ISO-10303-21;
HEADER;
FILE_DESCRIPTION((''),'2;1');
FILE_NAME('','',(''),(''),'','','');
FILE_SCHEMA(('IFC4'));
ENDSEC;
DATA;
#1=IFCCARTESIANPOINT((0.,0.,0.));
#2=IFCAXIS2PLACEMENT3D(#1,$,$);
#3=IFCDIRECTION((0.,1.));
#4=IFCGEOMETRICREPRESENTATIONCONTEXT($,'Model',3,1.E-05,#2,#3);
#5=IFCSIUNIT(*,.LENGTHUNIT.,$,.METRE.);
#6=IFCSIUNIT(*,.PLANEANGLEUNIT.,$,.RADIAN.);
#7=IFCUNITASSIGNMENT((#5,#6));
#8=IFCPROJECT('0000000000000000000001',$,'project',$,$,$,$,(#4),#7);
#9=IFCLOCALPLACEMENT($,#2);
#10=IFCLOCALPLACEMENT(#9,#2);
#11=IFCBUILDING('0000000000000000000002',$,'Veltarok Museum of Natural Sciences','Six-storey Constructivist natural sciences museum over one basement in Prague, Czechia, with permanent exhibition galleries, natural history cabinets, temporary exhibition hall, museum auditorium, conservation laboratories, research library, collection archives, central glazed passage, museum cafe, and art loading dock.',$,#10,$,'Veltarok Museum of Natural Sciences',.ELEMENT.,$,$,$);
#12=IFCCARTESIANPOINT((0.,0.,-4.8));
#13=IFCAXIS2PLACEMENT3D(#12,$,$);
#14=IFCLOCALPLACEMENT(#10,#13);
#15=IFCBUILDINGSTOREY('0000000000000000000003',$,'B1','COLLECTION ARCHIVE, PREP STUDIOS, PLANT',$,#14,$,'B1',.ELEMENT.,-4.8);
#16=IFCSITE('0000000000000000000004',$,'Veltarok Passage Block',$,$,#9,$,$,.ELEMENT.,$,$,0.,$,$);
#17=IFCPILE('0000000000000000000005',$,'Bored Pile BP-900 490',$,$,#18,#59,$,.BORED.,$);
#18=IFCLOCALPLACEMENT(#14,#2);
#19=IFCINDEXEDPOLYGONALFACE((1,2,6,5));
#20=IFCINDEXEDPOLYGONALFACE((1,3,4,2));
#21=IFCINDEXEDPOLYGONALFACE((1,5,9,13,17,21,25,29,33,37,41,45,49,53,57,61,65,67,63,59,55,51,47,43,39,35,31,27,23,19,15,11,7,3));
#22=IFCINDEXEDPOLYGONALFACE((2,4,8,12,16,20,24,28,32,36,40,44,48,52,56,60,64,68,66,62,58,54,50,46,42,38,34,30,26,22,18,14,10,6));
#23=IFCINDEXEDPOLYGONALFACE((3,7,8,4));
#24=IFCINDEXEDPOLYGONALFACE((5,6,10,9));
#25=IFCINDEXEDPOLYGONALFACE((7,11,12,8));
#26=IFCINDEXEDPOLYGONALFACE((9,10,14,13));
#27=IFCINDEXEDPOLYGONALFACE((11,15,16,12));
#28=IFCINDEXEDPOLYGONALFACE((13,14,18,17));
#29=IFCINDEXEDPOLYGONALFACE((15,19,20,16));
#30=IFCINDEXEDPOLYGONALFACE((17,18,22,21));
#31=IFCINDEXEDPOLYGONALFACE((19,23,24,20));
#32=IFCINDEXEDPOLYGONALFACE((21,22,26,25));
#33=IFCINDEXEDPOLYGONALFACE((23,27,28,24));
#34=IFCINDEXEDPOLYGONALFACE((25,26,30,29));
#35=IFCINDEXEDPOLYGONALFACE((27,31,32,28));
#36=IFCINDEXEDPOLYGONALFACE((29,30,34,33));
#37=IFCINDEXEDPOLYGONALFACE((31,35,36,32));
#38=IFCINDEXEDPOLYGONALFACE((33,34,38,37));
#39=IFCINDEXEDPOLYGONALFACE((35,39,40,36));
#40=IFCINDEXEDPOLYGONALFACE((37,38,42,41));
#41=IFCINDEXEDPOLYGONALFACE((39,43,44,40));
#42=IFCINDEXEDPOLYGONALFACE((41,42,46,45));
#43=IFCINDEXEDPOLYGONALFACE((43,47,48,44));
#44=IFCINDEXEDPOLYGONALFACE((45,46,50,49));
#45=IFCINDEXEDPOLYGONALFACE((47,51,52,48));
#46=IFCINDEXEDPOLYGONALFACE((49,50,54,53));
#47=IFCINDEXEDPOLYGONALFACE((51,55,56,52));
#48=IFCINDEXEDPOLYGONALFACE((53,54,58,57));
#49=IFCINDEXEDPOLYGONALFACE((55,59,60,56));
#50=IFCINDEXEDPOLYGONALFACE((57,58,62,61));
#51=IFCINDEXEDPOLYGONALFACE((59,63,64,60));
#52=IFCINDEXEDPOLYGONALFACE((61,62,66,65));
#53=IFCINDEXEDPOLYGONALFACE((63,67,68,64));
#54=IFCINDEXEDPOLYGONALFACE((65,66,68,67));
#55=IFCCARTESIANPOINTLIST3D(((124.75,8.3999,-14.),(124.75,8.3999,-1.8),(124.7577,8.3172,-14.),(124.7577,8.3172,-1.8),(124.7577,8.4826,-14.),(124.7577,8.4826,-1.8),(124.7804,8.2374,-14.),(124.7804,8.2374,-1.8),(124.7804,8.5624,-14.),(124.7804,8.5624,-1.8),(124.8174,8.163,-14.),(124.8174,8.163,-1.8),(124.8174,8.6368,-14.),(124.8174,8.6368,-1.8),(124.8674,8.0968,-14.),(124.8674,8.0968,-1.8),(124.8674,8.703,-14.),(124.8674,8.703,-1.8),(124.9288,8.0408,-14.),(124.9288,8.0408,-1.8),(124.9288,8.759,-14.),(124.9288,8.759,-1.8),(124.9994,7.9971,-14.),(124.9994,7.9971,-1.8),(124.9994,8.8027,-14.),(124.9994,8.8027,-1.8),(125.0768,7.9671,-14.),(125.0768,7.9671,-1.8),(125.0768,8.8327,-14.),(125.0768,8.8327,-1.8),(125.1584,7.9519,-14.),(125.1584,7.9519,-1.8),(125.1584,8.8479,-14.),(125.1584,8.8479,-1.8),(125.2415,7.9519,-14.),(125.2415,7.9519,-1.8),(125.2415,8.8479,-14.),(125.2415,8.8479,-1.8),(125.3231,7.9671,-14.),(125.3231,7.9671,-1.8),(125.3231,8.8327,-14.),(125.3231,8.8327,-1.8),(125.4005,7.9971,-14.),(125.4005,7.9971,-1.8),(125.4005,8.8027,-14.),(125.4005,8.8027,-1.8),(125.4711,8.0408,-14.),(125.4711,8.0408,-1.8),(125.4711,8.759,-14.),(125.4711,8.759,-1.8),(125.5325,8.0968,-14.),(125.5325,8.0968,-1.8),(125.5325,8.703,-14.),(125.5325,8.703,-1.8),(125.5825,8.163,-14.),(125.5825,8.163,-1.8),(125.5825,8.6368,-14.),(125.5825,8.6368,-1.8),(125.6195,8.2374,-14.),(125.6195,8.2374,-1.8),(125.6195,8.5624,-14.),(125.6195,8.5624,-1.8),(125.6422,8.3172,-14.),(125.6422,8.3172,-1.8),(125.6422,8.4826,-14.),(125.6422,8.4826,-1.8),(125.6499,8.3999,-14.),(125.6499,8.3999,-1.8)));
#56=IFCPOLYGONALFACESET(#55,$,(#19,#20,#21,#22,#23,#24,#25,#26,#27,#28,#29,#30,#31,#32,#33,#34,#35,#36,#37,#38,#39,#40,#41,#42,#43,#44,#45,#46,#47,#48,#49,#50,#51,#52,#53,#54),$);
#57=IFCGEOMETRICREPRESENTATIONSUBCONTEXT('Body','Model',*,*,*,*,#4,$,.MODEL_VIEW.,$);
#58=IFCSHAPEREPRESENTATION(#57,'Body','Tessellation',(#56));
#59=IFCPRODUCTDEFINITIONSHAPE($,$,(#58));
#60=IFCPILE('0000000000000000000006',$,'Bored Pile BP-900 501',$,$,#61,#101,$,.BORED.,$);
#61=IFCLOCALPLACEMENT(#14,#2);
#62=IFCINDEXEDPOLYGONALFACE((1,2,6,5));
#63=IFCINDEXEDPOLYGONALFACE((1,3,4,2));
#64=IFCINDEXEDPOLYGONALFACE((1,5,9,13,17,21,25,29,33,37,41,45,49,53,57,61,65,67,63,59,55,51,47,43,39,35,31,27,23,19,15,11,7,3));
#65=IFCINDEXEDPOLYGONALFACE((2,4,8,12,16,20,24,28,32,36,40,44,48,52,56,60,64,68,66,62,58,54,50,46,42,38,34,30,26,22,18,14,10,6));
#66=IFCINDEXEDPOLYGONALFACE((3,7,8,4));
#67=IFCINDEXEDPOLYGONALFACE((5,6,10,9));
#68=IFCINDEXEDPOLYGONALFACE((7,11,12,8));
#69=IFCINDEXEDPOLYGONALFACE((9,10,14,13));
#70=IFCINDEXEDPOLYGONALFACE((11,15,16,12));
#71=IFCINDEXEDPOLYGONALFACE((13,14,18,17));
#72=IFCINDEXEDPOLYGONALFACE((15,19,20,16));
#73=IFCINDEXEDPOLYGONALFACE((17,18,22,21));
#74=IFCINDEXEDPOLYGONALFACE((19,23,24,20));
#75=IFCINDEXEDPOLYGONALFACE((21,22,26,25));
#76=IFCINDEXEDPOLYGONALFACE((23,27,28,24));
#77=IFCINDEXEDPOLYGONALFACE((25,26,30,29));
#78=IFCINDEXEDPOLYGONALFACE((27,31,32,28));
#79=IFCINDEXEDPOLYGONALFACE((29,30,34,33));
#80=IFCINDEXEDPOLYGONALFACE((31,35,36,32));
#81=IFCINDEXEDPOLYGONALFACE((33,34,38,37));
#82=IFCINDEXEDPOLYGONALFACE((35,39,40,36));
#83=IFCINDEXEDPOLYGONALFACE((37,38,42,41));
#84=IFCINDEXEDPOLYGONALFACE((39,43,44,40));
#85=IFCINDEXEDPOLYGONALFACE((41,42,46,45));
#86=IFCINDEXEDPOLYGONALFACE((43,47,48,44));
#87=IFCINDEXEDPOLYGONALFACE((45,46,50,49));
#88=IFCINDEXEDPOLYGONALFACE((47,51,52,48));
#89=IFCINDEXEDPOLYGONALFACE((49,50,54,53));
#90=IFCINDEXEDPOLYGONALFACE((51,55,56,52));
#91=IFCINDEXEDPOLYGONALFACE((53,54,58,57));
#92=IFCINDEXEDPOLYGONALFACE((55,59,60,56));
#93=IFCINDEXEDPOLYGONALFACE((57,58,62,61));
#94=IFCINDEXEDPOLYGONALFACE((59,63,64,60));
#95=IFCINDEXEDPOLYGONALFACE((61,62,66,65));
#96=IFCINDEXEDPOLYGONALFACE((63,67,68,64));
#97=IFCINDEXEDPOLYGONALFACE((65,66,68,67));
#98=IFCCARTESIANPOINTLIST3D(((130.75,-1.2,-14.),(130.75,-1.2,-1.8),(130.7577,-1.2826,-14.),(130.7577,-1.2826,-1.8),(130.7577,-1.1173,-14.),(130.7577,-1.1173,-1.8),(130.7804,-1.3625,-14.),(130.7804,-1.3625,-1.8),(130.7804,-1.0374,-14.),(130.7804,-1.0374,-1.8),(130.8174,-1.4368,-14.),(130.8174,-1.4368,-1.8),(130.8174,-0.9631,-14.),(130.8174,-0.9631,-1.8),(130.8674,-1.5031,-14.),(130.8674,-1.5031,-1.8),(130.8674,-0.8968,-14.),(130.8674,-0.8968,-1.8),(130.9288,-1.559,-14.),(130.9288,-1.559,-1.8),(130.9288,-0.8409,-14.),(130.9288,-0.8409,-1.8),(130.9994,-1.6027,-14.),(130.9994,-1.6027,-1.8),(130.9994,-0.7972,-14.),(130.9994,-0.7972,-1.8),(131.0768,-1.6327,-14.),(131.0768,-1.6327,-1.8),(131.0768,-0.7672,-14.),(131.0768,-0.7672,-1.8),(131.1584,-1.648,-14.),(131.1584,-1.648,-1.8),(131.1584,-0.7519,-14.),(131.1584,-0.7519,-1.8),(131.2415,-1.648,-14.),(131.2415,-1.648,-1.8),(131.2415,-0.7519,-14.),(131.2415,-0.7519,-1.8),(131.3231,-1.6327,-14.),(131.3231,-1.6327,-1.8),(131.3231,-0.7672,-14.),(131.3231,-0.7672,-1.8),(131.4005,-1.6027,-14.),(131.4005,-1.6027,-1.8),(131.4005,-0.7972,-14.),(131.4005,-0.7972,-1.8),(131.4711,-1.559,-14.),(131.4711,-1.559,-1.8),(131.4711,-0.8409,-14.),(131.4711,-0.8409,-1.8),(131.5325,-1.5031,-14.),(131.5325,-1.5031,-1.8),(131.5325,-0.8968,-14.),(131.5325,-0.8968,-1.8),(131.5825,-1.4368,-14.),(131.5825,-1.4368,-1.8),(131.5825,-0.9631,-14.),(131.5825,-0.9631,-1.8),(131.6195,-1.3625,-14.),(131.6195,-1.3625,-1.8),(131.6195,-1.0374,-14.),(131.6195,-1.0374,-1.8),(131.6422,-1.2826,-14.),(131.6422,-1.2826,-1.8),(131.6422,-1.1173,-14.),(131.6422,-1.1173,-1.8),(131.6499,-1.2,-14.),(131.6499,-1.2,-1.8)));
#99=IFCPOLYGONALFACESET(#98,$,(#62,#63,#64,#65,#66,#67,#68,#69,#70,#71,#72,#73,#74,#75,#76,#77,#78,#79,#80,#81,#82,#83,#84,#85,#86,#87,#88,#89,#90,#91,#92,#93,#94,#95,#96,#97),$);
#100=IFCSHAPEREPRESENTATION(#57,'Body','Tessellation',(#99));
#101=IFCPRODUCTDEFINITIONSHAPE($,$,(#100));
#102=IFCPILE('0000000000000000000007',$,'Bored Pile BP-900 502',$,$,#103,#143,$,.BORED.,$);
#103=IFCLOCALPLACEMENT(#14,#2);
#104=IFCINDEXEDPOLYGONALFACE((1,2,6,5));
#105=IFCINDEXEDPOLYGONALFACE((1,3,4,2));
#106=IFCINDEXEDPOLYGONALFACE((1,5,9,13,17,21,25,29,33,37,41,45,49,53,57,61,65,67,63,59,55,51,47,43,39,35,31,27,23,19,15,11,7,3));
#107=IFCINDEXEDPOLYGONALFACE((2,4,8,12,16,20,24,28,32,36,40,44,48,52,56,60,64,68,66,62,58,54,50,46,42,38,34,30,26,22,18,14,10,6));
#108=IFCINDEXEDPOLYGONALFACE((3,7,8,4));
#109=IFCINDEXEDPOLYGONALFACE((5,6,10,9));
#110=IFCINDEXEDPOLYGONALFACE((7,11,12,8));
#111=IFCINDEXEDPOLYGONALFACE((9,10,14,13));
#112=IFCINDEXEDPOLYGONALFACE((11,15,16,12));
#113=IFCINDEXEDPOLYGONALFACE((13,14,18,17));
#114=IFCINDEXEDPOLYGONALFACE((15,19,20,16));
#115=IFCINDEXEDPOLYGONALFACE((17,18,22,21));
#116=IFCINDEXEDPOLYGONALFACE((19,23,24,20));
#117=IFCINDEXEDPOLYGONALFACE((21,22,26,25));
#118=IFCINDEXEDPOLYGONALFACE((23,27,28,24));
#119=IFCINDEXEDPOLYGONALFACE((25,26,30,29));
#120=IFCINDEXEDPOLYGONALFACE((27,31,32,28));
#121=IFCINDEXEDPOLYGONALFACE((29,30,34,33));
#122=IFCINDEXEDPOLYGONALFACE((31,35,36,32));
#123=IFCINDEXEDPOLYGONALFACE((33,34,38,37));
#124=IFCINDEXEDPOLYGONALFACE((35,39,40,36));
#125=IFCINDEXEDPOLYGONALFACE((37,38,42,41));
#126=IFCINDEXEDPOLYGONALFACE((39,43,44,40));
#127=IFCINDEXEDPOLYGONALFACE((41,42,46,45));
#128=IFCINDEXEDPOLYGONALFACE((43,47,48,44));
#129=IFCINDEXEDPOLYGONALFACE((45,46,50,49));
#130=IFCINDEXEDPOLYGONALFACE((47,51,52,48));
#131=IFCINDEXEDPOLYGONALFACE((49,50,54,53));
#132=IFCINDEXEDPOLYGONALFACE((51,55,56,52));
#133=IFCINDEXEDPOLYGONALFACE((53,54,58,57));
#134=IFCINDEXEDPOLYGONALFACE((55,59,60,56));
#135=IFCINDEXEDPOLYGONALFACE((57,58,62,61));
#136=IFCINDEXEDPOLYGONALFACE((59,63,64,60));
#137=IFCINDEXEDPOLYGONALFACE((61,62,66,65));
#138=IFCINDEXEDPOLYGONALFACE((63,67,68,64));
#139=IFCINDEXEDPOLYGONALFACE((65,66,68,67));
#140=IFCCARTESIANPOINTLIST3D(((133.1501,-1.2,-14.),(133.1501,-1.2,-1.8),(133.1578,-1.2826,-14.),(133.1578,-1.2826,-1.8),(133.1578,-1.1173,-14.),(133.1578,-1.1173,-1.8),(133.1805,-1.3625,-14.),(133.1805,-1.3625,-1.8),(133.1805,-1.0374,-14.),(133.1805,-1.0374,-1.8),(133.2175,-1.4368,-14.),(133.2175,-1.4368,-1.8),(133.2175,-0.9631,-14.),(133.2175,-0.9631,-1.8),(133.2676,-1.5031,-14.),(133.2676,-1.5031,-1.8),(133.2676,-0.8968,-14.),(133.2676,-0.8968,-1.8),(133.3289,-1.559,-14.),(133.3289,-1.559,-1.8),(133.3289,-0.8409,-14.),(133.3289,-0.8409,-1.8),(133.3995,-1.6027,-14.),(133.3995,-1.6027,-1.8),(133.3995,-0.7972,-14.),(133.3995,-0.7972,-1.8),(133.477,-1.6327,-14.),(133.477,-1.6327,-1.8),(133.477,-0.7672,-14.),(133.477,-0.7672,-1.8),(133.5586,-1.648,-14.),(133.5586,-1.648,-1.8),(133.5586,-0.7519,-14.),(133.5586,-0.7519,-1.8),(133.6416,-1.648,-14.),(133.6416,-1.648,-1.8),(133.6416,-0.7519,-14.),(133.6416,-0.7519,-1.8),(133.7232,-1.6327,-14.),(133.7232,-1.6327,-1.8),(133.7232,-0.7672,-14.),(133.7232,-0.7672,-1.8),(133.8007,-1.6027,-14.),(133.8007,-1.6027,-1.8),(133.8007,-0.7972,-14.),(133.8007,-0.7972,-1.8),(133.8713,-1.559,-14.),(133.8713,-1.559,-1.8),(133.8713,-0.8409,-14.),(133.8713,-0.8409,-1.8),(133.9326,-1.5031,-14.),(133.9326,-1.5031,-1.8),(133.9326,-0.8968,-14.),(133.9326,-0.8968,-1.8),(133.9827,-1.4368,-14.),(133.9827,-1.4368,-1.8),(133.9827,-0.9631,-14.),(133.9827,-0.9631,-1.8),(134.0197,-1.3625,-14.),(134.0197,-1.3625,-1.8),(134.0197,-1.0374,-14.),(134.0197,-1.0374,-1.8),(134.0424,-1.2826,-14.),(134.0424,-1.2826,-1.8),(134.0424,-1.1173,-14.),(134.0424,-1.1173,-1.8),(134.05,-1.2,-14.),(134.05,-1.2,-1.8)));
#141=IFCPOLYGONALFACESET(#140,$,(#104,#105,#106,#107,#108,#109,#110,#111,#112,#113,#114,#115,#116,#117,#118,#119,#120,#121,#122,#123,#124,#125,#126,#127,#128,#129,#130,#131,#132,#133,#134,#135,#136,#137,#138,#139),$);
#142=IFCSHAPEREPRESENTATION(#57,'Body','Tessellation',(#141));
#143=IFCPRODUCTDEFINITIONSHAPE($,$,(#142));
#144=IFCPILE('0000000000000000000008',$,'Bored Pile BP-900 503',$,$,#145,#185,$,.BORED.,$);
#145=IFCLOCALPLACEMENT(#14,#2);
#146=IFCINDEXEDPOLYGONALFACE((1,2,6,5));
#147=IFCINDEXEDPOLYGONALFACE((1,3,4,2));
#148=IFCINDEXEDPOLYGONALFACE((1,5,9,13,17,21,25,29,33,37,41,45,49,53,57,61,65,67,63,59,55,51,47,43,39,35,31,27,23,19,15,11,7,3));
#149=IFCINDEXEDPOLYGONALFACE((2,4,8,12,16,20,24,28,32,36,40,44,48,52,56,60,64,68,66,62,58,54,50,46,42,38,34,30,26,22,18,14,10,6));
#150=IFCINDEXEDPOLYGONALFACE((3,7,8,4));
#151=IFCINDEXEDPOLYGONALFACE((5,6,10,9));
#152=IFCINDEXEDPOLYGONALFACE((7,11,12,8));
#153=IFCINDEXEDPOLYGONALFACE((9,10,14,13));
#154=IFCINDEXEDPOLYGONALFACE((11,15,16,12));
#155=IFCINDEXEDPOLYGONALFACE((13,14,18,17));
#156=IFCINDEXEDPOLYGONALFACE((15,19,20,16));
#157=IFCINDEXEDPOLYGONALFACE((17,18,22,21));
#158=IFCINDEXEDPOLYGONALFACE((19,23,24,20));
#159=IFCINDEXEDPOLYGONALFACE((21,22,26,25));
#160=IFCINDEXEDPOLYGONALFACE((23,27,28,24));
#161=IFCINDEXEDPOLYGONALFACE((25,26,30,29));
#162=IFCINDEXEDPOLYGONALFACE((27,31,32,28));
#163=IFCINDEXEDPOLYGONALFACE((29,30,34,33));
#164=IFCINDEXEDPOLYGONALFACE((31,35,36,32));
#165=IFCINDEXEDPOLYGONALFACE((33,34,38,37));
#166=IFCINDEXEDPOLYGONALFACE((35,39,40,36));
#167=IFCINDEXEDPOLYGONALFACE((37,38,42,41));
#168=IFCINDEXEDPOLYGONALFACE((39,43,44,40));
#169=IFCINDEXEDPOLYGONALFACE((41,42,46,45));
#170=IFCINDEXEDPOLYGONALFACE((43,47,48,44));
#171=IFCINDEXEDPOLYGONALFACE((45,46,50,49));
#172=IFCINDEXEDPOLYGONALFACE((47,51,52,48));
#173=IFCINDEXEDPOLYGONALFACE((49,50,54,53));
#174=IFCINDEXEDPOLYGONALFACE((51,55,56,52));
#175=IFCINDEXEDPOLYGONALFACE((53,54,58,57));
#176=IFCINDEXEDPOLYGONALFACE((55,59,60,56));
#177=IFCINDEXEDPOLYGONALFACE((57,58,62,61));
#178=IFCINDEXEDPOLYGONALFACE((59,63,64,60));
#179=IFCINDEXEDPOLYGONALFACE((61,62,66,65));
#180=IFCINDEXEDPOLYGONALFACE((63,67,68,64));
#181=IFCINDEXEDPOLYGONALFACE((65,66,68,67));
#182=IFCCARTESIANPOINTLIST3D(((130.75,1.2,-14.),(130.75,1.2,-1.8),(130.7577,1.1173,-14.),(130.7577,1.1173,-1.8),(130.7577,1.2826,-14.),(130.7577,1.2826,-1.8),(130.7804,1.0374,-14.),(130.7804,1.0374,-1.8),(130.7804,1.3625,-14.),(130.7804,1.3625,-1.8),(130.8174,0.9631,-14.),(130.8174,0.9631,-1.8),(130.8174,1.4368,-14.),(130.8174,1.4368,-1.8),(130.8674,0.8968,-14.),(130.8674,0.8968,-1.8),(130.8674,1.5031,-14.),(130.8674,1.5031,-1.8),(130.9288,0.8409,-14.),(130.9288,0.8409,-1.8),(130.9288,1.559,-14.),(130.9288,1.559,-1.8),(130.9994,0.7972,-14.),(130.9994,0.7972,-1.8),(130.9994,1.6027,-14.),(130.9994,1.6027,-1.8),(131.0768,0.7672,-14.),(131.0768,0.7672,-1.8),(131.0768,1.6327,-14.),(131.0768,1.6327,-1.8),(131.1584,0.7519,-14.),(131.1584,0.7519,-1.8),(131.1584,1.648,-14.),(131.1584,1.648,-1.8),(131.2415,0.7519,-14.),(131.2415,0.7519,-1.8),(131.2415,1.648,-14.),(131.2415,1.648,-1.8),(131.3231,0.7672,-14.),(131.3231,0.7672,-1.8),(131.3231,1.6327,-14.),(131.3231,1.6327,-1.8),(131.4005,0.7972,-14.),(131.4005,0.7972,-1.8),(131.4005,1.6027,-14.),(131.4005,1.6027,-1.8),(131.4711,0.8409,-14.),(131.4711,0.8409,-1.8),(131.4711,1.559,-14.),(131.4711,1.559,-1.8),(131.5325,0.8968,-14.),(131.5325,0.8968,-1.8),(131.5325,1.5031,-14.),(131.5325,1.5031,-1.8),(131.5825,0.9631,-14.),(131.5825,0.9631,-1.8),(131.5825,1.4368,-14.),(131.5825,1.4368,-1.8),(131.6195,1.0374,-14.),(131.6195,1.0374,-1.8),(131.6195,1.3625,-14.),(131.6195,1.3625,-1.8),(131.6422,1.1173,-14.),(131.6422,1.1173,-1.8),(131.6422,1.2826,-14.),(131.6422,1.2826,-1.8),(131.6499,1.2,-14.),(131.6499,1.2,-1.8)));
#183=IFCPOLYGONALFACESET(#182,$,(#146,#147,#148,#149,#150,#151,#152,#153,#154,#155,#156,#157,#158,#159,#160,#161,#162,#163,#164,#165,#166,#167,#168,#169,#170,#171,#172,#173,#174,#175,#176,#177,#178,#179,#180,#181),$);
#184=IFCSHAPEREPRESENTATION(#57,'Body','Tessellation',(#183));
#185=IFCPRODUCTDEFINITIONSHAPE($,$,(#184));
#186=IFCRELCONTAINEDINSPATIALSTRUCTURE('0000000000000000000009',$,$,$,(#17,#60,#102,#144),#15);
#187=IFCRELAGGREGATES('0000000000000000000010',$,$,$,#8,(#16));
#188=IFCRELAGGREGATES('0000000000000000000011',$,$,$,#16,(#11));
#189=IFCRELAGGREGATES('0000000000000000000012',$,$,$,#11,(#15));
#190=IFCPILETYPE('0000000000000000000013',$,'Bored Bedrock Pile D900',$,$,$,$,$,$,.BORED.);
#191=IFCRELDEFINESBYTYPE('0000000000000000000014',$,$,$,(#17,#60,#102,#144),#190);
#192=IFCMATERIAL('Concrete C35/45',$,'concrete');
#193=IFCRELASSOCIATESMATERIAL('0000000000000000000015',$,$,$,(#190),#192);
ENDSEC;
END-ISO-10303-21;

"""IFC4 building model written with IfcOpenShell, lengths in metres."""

from ifc_helpers import new_model, si_unit, direction, frame, origin, origin_2d, place, context, subcontext, project, spatial, circle, extrude, material, material_profile, profile_set, type_object, element, save


model = new_model("IFC4")

# Units and contexts
model_context = context("Model", 3, precision=1e-05, world=origin(), true_north=direction((0.0, 1.0)))
body_context = subcontext(model_context, "Body", "Model", "MODEL_VIEW")
ifc_project = project(units=[si_unit("LENGTHUNIT", "METRE"), si_unit("PLANEANGLEUNIT", "RADIAN")], contexts=[model_context])

# Site, building, storey
site_placement = place(None, origin())
site = spatial("IfcSite", under=ifc_project, at=site_placement, Name="Veltarok Passage Block", CompositionType="ELEMENT", RefElevation=0.0)
building_placement = place(site_placement, origin())
building = spatial("IfcBuilding", under=site, at=building_placement, Name="Veltarok Museum of Natural Sciences", Description="Six-storey Constructivist natural sciences museum over one basement in Prague, Czechia, with permanent exhibition galleries, natural history cabinets, temporary exhibition hall, museum auditorium, conservation laboratories, research library, collection archives, central glazed passage, museum cafe, and art loading dock.", LongName="Veltarok Museum of Natural Sciences", CompositionType="ELEMENT")
storey_placement = place(building_placement, frame((0.0, 0.0, -4.8)))
storey = spatial("IfcBuildingStorey", under=building, at=storey_placement, Name="B1", Description="COLLECTION ARCHIVE, PREP STUDIOS, PLANT", LongName="B1", CompositionType="ELEMENT", Elevation=-4.8)

# Piles
ifc_material_1 = material(Name="Concrete C35/45", Category="concrete")
ifc_material_profile_1 = material_profile(ifc_material_1, circle(Radius=0.45, at=origin_2d()), Name="BP D900")
ifc_profile_set_1 = profile_set([ifc_material_profile_1], Name="Concrete C35/45")
pile_type = type_object("IfcPileType", Name="Bored Bedrock Pile D900", PredefinedType="BORED", material=ifc_profile_set_1)
for number, where, z_axis, x_axis, name in (
    (1, (125.2, 8.3999, -1.8), (0.0, 0.0, -1.0), (1.0, 0.0, 0.0), "Bored Pile BP-900 490"),
    (2, (131.2, -1.2, -1.8), (0.0, 0.0, -1.0), (1.0, 0.0, 0.0), "Bored Pile BP-900 501"),
    (3, (133.6001, -1.2, -1.8), (0.0, 0.0, -1.0), (1.0, 0.0, 0.0), "Bored Pile BP-900 502"),
    (4, (131.2, 1.2, -1.8), (0.0, 0.0, -1.0), (1.0, 0.0, 0.0), "Bored Pile BP-900 503"),
):
    element("IfcPile", number, at=place(storey_placement, frame(where, z_axis=z_axis, x_axis=x_axis)), inside=storey, type_object=pile_type, Name=name, PredefinedType="BORED", context=body_context, shape_type="SweptSolid", body=[
        extrude(circle(Radius=0.45, at=origin_2d()), origin(), (0.0, 0.0, 1.0), 12.2),
    ])

save(model, "model.ifc")
